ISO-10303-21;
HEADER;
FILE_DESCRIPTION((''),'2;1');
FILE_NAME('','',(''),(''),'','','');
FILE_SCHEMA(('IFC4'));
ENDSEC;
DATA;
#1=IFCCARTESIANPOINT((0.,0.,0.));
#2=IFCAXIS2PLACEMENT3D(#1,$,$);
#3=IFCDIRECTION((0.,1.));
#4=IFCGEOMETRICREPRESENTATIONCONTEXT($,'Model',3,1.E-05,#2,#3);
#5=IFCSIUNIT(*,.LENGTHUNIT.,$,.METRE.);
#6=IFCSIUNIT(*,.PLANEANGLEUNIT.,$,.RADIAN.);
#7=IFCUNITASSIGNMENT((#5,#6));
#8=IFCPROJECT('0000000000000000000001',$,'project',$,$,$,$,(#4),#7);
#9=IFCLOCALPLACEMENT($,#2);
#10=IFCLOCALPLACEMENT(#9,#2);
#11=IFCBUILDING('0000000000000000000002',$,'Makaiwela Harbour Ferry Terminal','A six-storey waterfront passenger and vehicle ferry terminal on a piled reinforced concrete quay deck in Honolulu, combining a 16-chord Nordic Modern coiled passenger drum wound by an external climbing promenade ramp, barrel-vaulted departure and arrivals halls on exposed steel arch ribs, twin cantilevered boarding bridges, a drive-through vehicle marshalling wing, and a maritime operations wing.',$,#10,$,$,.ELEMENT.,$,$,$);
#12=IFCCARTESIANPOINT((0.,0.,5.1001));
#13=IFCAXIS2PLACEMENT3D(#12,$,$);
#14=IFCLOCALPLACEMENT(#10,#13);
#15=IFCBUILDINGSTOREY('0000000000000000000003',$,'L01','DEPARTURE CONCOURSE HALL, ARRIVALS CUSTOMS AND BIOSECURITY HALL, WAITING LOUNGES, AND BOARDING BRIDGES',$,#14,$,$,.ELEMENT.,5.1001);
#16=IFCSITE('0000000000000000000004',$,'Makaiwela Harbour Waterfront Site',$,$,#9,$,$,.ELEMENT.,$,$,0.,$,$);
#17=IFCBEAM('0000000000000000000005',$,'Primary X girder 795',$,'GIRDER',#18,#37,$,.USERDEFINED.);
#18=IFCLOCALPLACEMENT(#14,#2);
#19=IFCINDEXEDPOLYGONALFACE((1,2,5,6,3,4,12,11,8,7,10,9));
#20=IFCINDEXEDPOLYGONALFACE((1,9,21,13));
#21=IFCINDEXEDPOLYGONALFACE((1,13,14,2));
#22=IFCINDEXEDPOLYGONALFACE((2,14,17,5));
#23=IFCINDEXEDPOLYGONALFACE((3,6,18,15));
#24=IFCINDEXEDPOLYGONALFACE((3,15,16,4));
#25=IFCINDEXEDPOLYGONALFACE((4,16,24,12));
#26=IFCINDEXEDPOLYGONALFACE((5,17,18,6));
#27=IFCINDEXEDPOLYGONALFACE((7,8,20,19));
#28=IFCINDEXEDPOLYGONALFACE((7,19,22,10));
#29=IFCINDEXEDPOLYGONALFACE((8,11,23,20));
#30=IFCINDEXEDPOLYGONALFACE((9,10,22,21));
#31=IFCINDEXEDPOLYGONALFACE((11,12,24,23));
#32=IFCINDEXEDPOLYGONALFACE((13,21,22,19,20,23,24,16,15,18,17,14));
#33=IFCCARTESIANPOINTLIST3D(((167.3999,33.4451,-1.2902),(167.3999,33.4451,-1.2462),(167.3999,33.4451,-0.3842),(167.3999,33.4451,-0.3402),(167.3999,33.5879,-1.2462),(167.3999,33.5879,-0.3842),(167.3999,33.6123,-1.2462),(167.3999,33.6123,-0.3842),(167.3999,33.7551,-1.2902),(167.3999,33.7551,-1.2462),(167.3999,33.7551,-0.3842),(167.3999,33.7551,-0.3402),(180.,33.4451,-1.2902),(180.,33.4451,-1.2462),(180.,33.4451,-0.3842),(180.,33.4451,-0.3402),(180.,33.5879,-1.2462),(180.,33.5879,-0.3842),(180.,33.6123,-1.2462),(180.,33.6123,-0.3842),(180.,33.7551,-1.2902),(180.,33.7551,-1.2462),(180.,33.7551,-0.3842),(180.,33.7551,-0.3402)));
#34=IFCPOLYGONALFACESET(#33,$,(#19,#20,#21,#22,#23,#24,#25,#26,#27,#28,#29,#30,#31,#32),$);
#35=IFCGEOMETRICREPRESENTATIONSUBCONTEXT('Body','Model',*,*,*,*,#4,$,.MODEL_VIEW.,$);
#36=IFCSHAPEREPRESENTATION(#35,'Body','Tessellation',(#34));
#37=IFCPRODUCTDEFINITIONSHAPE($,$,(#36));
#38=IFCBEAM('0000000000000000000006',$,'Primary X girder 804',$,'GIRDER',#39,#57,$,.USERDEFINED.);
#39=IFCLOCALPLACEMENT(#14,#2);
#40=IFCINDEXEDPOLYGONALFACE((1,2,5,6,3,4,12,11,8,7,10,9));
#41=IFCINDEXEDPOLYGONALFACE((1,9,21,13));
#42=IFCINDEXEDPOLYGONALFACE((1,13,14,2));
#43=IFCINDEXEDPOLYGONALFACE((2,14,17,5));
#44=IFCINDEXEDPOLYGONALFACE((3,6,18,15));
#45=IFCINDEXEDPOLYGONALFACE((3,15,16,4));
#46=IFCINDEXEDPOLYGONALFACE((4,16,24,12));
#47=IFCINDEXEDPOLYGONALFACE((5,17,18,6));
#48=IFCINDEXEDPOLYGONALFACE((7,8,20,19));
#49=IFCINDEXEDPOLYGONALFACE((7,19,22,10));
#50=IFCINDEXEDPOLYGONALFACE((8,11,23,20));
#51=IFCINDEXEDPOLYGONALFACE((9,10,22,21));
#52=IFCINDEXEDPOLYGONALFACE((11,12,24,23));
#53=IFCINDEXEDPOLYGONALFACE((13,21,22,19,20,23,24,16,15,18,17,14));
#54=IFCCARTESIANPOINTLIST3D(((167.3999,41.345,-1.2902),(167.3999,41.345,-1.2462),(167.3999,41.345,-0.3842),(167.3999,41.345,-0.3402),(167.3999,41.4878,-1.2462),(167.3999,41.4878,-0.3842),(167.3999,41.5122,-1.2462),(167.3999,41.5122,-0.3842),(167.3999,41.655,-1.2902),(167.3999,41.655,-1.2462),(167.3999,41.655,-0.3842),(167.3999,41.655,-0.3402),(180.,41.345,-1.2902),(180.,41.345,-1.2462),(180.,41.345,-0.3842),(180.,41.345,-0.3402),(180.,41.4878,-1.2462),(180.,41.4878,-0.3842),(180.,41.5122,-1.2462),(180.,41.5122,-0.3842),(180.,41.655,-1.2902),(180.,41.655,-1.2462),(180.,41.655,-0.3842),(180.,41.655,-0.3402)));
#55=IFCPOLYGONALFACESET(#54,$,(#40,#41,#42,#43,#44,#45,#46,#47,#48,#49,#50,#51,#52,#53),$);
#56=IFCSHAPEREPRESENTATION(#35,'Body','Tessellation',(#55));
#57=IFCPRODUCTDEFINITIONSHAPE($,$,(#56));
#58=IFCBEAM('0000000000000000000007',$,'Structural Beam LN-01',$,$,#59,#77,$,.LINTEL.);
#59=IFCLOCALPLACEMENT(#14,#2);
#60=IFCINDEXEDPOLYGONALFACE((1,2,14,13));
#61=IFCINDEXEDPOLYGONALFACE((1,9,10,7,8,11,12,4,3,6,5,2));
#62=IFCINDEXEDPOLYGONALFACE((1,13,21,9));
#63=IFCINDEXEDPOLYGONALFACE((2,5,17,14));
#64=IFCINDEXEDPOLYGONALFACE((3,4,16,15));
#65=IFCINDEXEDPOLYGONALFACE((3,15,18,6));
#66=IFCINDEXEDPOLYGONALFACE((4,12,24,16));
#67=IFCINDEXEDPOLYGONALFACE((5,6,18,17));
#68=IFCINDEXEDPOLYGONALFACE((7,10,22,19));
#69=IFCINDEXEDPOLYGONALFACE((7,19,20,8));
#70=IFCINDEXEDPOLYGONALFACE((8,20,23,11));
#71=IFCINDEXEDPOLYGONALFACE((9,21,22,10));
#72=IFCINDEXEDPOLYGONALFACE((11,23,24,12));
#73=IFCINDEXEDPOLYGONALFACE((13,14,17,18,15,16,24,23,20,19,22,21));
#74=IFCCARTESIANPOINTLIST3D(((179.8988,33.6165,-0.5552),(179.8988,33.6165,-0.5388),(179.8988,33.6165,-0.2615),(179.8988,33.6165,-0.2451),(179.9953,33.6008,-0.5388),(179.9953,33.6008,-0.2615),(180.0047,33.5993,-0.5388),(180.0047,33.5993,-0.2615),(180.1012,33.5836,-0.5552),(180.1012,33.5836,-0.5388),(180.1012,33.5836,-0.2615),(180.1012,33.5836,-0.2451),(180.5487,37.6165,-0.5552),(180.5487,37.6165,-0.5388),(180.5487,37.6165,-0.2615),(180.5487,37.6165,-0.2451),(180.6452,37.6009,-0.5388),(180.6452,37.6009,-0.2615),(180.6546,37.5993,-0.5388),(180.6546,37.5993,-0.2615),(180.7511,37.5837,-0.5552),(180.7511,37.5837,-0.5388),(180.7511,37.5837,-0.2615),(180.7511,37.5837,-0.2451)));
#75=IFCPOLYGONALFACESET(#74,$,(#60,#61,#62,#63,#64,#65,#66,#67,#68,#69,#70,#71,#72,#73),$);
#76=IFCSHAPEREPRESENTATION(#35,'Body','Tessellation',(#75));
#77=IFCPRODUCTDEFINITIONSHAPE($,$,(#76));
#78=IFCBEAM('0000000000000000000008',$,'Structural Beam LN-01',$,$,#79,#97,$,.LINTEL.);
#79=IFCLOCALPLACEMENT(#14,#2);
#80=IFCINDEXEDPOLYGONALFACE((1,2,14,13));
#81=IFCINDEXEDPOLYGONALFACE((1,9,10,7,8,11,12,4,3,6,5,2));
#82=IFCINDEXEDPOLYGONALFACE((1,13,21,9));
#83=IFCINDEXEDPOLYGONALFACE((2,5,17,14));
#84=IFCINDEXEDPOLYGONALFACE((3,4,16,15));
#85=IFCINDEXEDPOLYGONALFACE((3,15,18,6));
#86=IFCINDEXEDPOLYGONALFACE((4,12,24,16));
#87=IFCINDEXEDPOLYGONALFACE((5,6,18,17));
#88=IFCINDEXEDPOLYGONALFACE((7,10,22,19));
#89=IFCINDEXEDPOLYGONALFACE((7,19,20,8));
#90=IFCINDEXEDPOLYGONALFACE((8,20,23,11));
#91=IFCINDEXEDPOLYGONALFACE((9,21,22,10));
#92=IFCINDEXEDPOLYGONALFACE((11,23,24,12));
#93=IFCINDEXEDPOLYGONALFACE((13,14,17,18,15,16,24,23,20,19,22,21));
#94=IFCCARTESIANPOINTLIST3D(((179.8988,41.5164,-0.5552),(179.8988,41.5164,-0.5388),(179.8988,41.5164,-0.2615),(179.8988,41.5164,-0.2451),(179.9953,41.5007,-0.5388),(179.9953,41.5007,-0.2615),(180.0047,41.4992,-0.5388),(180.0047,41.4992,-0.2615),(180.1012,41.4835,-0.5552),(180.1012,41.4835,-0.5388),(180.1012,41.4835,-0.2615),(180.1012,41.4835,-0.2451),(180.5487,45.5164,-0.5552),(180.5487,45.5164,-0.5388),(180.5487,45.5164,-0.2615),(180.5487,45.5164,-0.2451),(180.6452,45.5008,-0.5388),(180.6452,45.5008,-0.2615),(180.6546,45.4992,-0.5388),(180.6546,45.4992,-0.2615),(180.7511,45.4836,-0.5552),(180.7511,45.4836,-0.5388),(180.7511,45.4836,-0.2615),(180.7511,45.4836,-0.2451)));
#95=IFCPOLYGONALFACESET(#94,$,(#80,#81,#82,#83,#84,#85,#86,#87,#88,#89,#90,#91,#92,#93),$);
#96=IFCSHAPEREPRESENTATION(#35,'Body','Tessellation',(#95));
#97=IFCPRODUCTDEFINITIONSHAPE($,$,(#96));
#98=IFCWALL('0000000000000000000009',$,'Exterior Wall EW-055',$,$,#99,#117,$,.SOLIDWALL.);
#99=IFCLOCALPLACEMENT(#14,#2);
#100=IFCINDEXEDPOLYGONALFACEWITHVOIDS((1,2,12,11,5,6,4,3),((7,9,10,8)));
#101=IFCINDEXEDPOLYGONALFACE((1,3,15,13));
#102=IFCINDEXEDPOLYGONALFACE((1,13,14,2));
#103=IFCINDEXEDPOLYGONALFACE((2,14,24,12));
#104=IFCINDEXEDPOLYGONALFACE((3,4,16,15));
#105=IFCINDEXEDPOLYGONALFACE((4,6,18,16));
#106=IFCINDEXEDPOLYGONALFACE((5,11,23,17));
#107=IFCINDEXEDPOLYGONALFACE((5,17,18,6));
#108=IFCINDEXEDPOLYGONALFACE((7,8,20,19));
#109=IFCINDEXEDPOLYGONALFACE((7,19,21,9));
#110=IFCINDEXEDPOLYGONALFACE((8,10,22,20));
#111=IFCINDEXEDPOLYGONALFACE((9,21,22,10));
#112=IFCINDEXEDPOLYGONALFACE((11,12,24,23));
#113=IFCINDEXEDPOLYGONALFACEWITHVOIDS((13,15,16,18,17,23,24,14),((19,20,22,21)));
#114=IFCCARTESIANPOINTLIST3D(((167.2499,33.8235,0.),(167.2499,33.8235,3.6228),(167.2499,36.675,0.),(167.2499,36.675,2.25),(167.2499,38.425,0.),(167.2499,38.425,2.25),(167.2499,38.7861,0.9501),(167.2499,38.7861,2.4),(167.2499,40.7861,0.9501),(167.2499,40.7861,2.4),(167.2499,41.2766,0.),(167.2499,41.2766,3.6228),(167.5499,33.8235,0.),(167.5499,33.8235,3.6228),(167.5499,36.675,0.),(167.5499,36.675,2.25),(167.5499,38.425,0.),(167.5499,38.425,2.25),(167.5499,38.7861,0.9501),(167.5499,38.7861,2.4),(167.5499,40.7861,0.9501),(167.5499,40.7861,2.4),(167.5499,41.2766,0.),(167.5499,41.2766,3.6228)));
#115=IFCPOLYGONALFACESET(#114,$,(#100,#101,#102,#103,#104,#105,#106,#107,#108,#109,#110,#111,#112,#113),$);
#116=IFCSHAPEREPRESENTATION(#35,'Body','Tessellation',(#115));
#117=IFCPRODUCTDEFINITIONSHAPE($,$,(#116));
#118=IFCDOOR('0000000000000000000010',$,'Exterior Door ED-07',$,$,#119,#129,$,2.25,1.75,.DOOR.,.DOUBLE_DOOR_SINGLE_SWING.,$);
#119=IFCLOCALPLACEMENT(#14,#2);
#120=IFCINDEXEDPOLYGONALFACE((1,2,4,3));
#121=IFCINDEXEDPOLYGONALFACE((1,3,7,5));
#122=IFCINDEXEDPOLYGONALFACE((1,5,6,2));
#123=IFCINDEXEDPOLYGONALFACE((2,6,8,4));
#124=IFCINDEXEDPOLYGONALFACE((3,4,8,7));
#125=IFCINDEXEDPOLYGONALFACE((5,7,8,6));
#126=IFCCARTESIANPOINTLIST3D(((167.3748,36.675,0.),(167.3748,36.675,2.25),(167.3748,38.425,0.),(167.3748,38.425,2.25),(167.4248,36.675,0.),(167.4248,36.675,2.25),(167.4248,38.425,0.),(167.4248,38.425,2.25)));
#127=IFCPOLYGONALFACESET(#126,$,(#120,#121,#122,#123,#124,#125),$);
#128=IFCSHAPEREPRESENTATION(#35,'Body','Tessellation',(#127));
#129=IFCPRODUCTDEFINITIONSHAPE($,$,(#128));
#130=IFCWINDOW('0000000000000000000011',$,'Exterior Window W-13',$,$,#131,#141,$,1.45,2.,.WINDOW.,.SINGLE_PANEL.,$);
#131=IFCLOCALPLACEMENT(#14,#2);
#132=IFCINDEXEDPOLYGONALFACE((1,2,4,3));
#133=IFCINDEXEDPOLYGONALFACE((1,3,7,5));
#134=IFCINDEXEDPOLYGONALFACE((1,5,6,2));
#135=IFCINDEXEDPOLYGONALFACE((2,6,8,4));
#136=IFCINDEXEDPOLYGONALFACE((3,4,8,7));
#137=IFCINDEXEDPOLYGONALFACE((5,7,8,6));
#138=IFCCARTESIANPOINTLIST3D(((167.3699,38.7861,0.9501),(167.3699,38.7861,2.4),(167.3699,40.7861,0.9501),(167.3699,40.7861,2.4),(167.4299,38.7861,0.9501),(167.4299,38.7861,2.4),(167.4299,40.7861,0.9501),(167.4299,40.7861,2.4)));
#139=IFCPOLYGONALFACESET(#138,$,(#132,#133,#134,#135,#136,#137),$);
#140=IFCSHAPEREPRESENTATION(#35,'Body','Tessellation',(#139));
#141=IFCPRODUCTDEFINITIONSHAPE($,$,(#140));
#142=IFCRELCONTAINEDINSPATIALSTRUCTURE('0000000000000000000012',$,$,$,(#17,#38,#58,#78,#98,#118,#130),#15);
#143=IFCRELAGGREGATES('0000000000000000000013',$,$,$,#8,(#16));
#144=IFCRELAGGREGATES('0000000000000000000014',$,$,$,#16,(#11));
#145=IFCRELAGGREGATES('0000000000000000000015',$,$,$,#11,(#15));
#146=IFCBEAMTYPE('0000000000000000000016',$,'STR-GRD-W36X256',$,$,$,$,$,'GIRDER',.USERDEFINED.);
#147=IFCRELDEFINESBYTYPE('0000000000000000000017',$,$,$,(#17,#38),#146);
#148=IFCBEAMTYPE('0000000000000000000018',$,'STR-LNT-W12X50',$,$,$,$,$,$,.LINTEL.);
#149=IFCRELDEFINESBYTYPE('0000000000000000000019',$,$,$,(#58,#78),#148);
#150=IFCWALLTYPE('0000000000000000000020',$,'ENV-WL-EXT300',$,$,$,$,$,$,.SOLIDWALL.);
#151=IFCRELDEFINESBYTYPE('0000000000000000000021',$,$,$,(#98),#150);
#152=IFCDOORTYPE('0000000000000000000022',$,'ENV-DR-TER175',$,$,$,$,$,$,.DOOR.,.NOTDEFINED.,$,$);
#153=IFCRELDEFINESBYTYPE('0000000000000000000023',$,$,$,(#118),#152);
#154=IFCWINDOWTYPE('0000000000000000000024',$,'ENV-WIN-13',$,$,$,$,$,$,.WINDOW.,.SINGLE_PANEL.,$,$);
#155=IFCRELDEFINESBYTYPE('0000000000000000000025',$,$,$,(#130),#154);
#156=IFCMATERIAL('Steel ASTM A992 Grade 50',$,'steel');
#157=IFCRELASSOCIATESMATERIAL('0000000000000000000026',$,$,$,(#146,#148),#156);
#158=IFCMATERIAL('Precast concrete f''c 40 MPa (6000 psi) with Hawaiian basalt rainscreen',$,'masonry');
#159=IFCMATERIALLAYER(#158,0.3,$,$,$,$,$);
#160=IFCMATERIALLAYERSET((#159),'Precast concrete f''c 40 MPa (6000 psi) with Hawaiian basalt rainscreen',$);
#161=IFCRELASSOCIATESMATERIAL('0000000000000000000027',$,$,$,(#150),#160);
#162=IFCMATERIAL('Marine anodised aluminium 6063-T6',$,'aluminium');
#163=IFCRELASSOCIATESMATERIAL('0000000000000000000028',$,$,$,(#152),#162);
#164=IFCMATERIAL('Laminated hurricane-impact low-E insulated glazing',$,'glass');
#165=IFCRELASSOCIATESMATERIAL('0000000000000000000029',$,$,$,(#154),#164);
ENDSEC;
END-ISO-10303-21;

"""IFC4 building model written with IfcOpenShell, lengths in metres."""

from ifc_helpers import new_model, si_unit, direction, frame, frame_2d, origin, origin_2d, place, context, subcontext, project, spatial, rectangle, i_section, extrude, material, layer, layer_set, material_profile, profile_set, type_object, element, fill, save


model = new_model("IFC4")

# Units and contexts
model_context = context("Model", 3, precision=1e-05, world=origin(), true_north=direction((0.0, 1.0)))
body_context = subcontext(model_context, "Body", "Model", "MODEL_VIEW")
ifc_project = project(units=[si_unit("LENGTHUNIT", "METRE"), si_unit("PLANEANGLEUNIT", "RADIAN")], contexts=[model_context])

# Site, building, storey
site_placement = place(None, origin())
site = spatial("IfcSite", under=ifc_project, at=site_placement, Name="Makaiwela Harbour Waterfront Site", CompositionType="ELEMENT", RefElevation=0.0)
building_placement = place(site_placement, origin())
building = spatial("IfcBuilding", under=site, at=building_placement, Name="Makaiwela Harbour Ferry Terminal", Description="A six-storey waterfront passenger and vehicle ferry terminal on a piled reinforced concrete quay deck in Honolulu, combining a 16-chord Nordic Modern coiled passenger drum wound by an external climbing promenade ramp, barrel-vaulted departure and arrivals halls on exposed steel arch ribs, twin cantilevered boarding bridges, a drive-through vehicle marshalling wing, and a maritime operations wing.", CompositionType="ELEMENT")
storey_placement = place(building_placement, frame((0.0, 0.0, 5.1001)))
storey = spatial("IfcBuildingStorey", under=building, at=storey_placement, Name="L01", Description="DEPARTURE CONCOURSE HALL, ARRIVALS CUSTOMS AND BIOSECURITY HALL, WAITING LOUNGES, AND BOARDING BRIDGES", CompositionType="ELEMENT", Elevation=5.1001)

# Shared definitions
ifc_material_1 = material(Name="Steel ASTM A992 Grade 50", Category="steel")

# Beams
ifc_material_profile_1 = material_profile(ifc_material_1, i_section(OverallWidth=0.3101, OverallDepth=0.95, WebThickness=0.0244, FlangeThickness=0.0439, at=origin_2d()), Name="W36X256")
ifc_profile_set_1 = profile_set([ifc_material_profile_1], Name="Steel ASTM A992 Grade 50")
beam_type_1 = type_object("IfcBeamType", Name="STR-GRD-W36X256", ElementType="GIRDER", PredefinedType="USERDEFINED", material=ifc_profile_set_1)
for number, where, z_axis, x_axis, name in (
    (1, (167.3999, 33.6001, -0.8152), (1.0, 0.0, 0.0), (0.0, 1.0, 0.0), "Primary X girder 795"),
    (2, (167.3999, 41.5, -0.8152), (1.0, 0.0, 0.0), (0.0, 1.0, 0.0), "Primary X girder 804"),
):
    element("IfcBeam", number, at=place(storey_placement, frame(where, z_axis=z_axis, x_axis=x_axis)), inside=storey, type_object=beam_type_1, Name=name, ObjectType="GIRDER", PredefinedType="USERDEFINED", context=body_context, shape_type="SweptSolid", body=[
        extrude(i_section(OverallWidth=0.3101, OverallDepth=0.95, WebThickness=0.0244, FlangeThickness=0.0439, at=origin_2d()), origin(), (0.0, 0.0, 1.0), 12.6001),
    ])
ifc_material_profile_2 = material_profile(ifc_material_1, i_section(OverallWidth=0.2051, OverallDepth=0.3101, WebThickness=0.0095, FlangeThickness=0.0164, at=origin_2d()), Name="W12X50")
ifc_profile_set_2 = profile_set([ifc_material_profile_2], Name="Steel ASTM A992 Grade 50")
beam_type_2 = type_object("IfcBeamType", Name="STR-LNT-W12X50", PredefinedType="LINTEL", material=ifc_profile_set_2)
for number, where, z_axis, x_axis, name in (
    (3, (180.6499, 37.6001, -0.4001), (-0.160373, -0.987057, 0.0), (0.987057, -0.160373, 0.0), "Structural Beam LN-01"),
    (4, (180.6499, 45.5, -0.4001), (-0.160373, -0.987057, 0.0), (0.987057, -0.160373, 0.0), "Structural Beam LN-01"),
):
    element("IfcBeam", number, at=place(storey_placement, frame(where, z_axis=z_axis, x_axis=x_axis)), inside=storey, type_object=beam_type_2, Name=name, PredefinedType="LINTEL", context=body_context, shape_type="SweptSolid", body=[
        extrude(i_section(OverallWidth=0.2051, OverallDepth=0.3101, WebThickness=0.0095, FlangeThickness=0.0164, at=origin_2d()), origin(), (0.0, 0.0, 1.0), 4.0525),
    ])

# Wall, openings, door, window
ifc_material_2 = material(Name="Precast concrete f'c 40 MPa (6000 psi) with Hawaiian basalt rainscreen", Category="masonry")
ifc_layer = layer(ifc_material_2, 0.3)
ifc_layer_set = layer_set([ifc_layer], Name="Precast concrete f'c 40 MPa (6000 psi) with Hawaiian basalt rainscreen")
wall_type = type_object("IfcWallType", Name="ENV-WL-EXT300", PredefinedType="SOLIDWALL", material=ifc_layer_set)
wall_1_placement = place(storey_placement, frame((167.3999, 41.2766, 0.0), z_axis=(0.0, 0.0, 1.0), x_axis=(0.0, -1.0, 0.0)))
wall_1 = element("IfcWall", 5, at=wall_1_placement, inside=storey, type_object=wall_type, Name="Exterior Wall EW-055", PredefinedType="SOLIDWALL", context=body_context, shape_type="SweptSolid", body=[
    extrude(rectangle(XDim=7.4531, YDim=0.3, at=frame_2d((3.7266, 0.0))), origin(), (0.0, 0.0, 1.0), 3.6228),
])
opening_1_placement = place(wall_1_placement, frame((2.8516, 0.0, 0.0)))
opening_1 = element("IfcOpeningElement", 6, at=opening_1_placement, cuts=wall_1, PredefinedType="OPENING", context=body_context, shape_type="SweptSolid", body=[
    extrude(rectangle(XDim=1.75, YDim=2.25, at=frame_2d((0.875, 1.125))), frame((0.0, 0.1599, 0.0), z_axis=(0.0, -1.0, 0.0), x_axis=(1.0, 0.0, 0.0)), (0.0, 0.0, 1.0), 0.3201),
])
opening_2_placement = place(wall_1_placement, frame((0.4905, 0.0, 0.95)))
opening_2 = element("IfcOpeningElement", 7, at=opening_2_placement, cuts=wall_1, PredefinedType="OPENING", context=body_context, shape_type="SweptSolid", body=[
    extrude(rectangle(XDim=2.0, YDim=1.45, at=frame_2d((1.0, 0.7251))), frame((0.0, 0.1599, 0.0), z_axis=(0.0, -1.0, 0.0), x_axis=(1.0, 0.0, 0.0)), (0.0, 0.0, 1.0), 0.3201),
])
ifc_material_3 = material(Name="Marine anodised aluminium 6063-T6", Category="aluminium")
door_type = type_object("IfcDoorType", Name="ENV-DR-TER175", OperationType="NOTDEFINED", PredefinedType="DOOR", material=ifc_material_3)
door_placement = place(opening_1_placement, origin())
door = element("IfcDoor", 8, at=door_placement, inside=storey, type_object=door_type, Name="Exterior Door ED-07", OperationType="DOUBLE_DOOR_SINGLE_SWING", OverallHeight=2.25, OverallWidth=1.75, PredefinedType="DOOR", context=body_context, shape_type="SweptSolid", body=[
    extrude(rectangle(XDim=1.75, YDim=2.25, at=frame_2d((0.875, 1.125))), frame((0.0, 0.0249, 0.0), z_axis=(0.0, -1.0, 0.0), x_axis=(1.0, 0.0, 0.0)), (0.0, 0.0, 1.0), 0.05),
])
fill(opening_1, door)
ifc_material_4 = material(Name="Laminated hurricane-impact low-E insulated glazing", Category="glass")
window_type_1 = type_object("IfcWindowType", Name="ENV-WIN-13", PartitioningType="SINGLE_PANEL", PredefinedType="WINDOW", material=ifc_material_4)
window_1_placement = place(opening_2_placement, origin())
window_1 = element("IfcWindow", 9, at=window_1_placement, inside=storey, type_object=window_type_1, Name="Exterior Window W-13", OverallHeight=1.45, OverallWidth=2.0, PartitioningType="SINGLE_PANEL", PredefinedType="WINDOW", context=body_context, shape_type="SweptSolid", body=[
    extrude(rectangle(XDim=2.0, YDim=1.45, at=frame_2d((1.0, 0.7251))), frame((0.0, 0.03, 0.0), z_axis=(0.0, -1.0, 0.0), x_axis=(1.0, 0.0, 0.0)), (0.0, 0.0, 1.0), 0.0601),
])
fill(opening_2, window_1)

save(model, "model.ifc")
